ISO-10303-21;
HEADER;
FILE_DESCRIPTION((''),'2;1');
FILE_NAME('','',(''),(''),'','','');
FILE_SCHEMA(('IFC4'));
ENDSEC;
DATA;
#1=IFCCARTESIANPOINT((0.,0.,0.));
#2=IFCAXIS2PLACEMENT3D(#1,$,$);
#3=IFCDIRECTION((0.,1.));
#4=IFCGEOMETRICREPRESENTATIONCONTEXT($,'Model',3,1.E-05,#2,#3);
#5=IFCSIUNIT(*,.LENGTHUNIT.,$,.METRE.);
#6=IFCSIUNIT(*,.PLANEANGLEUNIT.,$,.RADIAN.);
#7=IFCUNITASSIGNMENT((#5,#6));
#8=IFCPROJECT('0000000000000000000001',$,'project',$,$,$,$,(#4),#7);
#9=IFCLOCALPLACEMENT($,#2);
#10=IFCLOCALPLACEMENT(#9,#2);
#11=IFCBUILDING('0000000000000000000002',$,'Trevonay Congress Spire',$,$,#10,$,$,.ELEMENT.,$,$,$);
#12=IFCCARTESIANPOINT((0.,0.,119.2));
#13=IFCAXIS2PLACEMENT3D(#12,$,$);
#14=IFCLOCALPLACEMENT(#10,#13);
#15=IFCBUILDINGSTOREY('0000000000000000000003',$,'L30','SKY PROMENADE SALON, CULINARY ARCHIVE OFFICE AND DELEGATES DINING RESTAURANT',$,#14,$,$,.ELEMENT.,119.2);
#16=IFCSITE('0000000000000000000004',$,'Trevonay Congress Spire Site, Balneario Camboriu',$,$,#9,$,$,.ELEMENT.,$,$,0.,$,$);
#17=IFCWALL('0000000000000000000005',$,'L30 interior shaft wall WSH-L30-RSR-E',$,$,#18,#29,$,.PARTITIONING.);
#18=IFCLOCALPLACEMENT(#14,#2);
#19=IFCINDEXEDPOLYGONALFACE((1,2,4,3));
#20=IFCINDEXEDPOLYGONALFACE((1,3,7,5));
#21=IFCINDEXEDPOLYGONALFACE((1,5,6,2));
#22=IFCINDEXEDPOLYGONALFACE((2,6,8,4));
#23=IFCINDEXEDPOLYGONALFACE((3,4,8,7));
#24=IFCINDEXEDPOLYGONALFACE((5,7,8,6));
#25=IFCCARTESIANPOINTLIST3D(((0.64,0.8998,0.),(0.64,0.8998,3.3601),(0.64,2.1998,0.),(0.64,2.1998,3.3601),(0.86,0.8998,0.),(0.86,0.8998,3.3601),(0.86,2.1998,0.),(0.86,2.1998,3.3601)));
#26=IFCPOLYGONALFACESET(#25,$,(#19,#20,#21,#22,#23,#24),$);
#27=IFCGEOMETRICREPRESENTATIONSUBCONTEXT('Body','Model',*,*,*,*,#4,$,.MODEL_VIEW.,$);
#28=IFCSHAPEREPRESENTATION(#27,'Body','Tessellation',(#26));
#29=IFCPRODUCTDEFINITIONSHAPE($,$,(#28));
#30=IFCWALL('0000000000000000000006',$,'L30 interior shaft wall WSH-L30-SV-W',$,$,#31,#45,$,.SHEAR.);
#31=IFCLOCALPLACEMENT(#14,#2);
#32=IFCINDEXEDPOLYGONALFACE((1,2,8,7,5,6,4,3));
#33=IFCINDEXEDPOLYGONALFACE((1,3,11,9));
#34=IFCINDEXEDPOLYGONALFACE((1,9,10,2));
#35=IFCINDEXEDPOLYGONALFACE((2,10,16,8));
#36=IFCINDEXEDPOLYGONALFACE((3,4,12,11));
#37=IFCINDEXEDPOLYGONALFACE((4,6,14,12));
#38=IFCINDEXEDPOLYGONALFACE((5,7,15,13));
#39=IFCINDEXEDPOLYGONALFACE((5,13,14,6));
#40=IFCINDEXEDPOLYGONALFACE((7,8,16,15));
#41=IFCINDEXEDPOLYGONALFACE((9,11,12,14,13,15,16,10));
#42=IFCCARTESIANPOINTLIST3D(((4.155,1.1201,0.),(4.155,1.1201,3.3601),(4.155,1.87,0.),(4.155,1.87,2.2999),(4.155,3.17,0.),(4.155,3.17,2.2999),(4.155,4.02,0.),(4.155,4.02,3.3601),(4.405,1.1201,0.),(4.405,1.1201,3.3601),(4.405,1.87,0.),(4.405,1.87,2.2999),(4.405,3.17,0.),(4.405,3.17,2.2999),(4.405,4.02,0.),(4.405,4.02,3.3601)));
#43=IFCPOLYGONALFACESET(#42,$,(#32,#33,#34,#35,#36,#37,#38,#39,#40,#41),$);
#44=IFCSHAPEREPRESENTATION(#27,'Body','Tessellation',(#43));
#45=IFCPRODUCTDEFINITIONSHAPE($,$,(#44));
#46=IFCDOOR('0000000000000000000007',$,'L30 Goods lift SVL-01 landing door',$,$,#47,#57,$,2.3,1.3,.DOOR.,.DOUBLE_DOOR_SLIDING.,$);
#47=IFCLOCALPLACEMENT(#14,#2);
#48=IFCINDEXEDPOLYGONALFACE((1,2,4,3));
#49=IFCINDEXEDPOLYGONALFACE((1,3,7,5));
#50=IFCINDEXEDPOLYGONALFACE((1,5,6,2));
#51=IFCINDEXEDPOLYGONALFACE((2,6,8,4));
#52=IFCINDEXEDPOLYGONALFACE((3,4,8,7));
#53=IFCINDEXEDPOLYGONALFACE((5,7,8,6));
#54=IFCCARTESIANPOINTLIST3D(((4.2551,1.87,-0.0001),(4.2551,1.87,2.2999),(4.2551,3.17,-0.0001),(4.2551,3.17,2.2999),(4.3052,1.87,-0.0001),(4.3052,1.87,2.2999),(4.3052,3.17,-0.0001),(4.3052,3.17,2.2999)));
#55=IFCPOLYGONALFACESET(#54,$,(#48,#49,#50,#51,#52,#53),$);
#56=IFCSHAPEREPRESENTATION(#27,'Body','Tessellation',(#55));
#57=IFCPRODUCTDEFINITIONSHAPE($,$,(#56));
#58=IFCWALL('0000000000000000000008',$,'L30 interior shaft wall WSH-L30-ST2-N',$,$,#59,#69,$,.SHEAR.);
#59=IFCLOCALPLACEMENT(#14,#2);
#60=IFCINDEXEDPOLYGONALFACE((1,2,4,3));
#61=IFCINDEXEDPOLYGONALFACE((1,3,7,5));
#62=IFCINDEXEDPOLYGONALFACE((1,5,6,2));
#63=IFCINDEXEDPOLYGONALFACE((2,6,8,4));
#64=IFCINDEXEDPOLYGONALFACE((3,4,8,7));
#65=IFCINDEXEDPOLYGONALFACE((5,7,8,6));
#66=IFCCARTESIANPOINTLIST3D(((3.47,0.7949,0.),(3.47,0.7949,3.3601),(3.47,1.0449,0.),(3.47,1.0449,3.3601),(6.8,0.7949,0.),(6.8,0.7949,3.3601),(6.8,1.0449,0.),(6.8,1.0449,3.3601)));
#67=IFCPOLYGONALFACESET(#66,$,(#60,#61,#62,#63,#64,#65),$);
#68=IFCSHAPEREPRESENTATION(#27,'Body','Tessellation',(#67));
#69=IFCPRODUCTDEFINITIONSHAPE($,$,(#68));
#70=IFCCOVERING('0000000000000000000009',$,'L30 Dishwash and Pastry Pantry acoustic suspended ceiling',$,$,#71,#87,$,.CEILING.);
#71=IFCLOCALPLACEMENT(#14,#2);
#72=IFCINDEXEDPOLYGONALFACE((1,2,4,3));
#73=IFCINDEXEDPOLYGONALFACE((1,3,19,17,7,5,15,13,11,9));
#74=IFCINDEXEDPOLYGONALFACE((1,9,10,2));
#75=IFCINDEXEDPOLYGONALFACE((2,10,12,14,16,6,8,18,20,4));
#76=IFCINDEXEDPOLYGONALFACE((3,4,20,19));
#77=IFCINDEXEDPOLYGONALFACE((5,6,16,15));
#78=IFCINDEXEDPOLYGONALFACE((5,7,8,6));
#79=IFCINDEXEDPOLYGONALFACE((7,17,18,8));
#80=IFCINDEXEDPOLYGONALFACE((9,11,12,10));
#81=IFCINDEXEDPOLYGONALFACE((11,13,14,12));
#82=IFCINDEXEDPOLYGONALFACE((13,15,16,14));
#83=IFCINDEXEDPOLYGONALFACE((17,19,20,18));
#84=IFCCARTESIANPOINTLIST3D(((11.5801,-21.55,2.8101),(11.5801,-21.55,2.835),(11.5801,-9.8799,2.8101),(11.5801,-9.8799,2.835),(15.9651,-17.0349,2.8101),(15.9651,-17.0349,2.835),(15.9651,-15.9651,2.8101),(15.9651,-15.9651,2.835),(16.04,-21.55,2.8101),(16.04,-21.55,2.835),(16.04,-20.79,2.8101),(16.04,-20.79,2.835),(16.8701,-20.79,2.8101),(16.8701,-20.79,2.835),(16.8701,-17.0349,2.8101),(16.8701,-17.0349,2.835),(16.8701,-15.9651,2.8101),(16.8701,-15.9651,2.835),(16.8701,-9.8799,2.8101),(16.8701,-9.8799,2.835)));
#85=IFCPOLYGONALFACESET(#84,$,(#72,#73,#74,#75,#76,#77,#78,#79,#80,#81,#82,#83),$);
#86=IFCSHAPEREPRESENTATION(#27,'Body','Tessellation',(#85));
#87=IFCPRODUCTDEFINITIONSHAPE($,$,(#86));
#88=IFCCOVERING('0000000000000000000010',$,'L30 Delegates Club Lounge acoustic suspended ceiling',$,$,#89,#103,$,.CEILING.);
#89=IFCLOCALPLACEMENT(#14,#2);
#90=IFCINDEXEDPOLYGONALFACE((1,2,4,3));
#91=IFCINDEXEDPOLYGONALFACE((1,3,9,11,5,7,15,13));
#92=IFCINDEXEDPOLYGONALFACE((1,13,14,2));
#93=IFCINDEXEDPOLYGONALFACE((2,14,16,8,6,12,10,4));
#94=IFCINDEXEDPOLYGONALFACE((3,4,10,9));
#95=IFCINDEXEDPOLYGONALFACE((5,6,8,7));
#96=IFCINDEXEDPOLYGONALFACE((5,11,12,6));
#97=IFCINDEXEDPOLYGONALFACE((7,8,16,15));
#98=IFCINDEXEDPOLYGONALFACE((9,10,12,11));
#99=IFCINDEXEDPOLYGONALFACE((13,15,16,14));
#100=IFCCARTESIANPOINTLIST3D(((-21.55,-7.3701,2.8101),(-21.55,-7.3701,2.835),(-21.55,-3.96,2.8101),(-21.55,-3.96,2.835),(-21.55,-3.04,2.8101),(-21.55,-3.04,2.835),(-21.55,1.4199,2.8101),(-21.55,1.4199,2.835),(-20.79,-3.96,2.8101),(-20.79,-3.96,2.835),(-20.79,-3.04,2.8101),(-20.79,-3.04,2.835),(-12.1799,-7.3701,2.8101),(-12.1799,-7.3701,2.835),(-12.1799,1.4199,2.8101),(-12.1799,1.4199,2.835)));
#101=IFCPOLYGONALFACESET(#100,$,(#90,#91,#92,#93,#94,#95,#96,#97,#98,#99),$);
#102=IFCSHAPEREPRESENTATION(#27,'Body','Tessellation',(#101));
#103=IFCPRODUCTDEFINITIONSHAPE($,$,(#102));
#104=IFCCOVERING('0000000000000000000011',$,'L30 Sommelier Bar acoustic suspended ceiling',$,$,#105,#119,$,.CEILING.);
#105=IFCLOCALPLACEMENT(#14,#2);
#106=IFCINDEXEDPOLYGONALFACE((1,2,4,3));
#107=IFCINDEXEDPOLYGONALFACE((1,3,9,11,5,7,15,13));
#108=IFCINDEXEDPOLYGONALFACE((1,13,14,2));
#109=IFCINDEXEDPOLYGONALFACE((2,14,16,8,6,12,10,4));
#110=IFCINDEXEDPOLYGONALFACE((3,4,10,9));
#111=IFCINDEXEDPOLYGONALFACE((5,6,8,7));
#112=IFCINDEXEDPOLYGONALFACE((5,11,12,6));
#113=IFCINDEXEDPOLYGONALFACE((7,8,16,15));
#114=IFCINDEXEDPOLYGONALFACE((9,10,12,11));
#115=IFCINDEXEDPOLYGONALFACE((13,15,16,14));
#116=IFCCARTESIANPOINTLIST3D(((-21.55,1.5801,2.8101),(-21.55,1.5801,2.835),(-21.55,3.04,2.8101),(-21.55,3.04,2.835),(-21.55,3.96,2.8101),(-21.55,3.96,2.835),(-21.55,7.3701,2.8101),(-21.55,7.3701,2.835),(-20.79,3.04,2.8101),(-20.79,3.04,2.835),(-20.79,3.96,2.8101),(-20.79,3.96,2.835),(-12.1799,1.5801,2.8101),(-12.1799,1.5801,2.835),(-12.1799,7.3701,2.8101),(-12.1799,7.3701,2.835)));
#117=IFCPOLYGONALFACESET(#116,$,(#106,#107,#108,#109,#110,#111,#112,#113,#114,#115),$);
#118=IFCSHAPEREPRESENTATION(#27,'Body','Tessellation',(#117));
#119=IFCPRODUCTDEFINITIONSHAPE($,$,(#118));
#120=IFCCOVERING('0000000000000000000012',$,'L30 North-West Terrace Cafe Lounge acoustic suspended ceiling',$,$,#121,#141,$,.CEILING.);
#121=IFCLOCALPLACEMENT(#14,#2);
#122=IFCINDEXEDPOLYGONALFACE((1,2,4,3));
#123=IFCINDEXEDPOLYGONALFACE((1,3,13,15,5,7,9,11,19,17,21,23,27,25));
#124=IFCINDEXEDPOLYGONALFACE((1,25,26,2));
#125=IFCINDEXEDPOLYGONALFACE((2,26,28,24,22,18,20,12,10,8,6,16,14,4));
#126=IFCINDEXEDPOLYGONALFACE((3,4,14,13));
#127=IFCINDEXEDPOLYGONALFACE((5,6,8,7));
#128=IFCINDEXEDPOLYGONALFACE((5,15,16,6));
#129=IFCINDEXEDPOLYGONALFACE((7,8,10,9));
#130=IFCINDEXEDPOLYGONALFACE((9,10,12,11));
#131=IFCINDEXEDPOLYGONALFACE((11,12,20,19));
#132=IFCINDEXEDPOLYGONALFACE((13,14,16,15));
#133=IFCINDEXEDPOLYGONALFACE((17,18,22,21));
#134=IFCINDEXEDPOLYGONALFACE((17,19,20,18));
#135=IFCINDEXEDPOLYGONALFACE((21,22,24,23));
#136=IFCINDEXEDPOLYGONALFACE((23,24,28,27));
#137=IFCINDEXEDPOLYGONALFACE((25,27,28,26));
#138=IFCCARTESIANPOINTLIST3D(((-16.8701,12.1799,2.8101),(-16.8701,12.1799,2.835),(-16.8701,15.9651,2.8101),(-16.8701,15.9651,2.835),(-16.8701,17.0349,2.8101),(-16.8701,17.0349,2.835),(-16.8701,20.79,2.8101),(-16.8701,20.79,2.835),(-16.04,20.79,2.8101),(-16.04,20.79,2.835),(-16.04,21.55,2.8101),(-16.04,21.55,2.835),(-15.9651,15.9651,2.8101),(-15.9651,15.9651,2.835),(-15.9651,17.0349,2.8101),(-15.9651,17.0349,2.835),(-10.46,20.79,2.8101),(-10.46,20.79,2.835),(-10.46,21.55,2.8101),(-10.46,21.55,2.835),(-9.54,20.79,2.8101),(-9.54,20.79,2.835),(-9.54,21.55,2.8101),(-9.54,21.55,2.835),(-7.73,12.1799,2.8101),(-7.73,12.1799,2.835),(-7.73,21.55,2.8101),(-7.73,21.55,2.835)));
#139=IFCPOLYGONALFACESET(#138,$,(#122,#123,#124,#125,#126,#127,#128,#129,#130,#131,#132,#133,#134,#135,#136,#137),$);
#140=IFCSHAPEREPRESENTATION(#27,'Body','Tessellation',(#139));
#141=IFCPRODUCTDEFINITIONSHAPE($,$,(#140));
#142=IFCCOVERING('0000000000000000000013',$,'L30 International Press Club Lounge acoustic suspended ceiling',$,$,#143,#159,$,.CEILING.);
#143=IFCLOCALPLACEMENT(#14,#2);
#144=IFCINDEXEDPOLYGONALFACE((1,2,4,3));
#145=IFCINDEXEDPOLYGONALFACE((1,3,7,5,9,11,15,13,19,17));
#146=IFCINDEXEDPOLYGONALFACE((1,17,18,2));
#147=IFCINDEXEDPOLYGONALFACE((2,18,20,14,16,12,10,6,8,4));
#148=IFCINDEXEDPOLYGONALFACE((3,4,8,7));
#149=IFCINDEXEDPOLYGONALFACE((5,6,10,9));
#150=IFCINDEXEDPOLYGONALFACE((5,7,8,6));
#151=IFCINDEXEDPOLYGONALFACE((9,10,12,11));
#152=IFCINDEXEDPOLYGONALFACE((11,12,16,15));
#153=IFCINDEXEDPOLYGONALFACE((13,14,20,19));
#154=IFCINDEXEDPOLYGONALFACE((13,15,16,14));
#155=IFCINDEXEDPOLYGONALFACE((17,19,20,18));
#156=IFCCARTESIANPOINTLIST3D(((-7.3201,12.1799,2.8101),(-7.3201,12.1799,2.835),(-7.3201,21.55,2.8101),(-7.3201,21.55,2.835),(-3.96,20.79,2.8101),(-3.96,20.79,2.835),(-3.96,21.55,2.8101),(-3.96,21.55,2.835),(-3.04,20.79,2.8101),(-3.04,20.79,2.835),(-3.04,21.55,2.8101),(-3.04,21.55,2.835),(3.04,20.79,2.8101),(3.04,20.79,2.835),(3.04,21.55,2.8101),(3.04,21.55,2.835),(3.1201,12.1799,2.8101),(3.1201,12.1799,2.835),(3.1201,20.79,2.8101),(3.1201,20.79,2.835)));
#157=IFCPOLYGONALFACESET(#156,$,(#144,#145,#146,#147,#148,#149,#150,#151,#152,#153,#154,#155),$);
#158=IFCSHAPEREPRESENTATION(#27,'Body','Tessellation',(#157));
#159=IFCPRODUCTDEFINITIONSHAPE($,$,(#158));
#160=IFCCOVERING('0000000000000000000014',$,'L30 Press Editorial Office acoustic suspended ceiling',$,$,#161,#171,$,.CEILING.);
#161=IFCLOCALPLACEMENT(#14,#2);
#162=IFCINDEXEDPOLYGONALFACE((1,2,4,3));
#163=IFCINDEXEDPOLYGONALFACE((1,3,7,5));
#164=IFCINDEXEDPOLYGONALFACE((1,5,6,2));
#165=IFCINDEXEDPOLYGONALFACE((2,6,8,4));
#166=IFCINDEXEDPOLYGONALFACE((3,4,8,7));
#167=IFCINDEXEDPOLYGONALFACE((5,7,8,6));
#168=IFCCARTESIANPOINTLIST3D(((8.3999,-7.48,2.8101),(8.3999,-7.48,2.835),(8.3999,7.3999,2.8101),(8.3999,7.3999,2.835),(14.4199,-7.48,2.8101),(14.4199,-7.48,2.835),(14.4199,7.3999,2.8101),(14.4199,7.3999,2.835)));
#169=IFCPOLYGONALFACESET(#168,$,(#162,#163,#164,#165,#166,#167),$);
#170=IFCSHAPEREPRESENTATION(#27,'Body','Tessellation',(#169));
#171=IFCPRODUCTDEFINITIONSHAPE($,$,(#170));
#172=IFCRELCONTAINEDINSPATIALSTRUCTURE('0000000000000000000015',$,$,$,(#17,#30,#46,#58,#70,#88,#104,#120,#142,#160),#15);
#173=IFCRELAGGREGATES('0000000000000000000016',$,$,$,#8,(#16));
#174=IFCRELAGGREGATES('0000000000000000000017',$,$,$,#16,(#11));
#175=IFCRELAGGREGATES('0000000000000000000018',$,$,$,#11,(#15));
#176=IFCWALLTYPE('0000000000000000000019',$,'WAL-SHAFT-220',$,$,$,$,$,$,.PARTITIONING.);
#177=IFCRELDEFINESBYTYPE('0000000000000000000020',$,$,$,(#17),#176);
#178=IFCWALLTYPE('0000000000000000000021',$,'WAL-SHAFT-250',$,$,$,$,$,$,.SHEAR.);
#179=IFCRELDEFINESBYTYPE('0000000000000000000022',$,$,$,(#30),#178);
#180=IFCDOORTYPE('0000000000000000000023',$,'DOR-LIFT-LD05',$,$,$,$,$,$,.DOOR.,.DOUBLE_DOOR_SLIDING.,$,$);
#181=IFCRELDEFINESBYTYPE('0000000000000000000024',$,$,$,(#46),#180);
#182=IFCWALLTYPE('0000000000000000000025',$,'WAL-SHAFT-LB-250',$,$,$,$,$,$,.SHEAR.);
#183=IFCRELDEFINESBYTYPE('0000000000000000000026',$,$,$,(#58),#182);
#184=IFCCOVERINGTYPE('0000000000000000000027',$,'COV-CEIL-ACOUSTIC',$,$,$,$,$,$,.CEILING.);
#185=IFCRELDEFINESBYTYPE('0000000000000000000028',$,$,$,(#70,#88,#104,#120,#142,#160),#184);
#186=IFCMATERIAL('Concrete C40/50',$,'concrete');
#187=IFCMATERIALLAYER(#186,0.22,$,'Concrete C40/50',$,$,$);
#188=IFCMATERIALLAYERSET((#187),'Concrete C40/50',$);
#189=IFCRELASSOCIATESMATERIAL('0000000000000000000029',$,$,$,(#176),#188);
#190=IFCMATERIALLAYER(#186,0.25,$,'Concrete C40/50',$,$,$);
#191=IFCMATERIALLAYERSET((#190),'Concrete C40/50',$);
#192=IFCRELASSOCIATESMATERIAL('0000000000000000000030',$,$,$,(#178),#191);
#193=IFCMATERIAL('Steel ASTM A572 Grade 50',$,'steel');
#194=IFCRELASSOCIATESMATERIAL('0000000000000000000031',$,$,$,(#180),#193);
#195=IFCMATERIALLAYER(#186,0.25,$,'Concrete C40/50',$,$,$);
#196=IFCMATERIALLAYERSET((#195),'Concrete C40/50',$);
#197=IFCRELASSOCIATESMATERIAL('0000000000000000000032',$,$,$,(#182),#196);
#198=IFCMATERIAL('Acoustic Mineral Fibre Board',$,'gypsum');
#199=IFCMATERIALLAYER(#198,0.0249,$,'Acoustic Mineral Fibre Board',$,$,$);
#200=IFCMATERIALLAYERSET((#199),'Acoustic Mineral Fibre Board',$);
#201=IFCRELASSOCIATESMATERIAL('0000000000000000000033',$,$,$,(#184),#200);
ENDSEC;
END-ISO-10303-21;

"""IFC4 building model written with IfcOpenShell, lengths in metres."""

from ifc_helpers import new_model, si_unit, direction, frame, frame_2d, origin, place, context, subcontext, project, spatial, polyline, rectangle, outline, extrude, material, layer, layer_set, type_object, element, fill, save


model = new_model("IFC4")

# Units and contexts
model_context = context("Model", 3, precision=1e-05, world=origin(), true_north=direction((0.0, 1.0)))
body_context = subcontext(model_context, "Body", "Model", "MODEL_VIEW")
ifc_project = project(units=[si_unit("LENGTHUNIT", "METRE"), si_unit("PLANEANGLEUNIT", "RADIAN")], contexts=[model_context])

# Site, building, storey
site_placement = place(None, origin())
site = spatial("IfcSite", under=ifc_project, at=site_placement, Name="Trevonay Congress Spire Site, Balneario Camboriu", CompositionType="ELEMENT", RefElevation=0.0)
building_placement = place(site_placement, origin())
building = spatial("IfcBuilding", under=site, at=building_placement, Name="Trevonay Congress Spire", CompositionType="ELEMENT")
storey_placement = place(building_placement, frame((0.0, 0.0, 119.2)))
storey = spatial("IfcBuildingStorey", under=building, at=storey_placement, Name="L30", Description="SKY PROMENADE SALON, CULINARY ARCHIVE OFFICE AND DELEGATES DINING RESTAURANT", CompositionType="ELEMENT", Elevation=119.2)

# Wall
ifc_material_1 = material(Name="Concrete C40/50", Category="concrete")
ifc_layer_1 = layer(ifc_material_1, 0.22, Name="Concrete C40/50")
ifc_layer_set_1 = layer_set([ifc_layer_1], Name="Concrete C40/50")
wall_type_1 = type_object("IfcWallType", Name="WAL-SHAFT-220", PredefinedType="PARTITIONING", material=ifc_layer_set_1)
wall_1_placement = place(storey_placement, frame((0.75, 0.8999, 0.0), z_axis=(0.0, 0.0, 1.0), x_axis=(0.0, 1.0, 0.0)))
element("IfcWall", 1, at=wall_1_placement, inside=storey, type_object=wall_type_1, Name="L30 interior shaft wall WSH-L30-RSR-E", PredefinedType="PARTITIONING", context=body_context, shape_type="SweptSolid", body=[
    extrude(rectangle(XDim=1.3, YDim=0.22, at=frame_2d((0.6499, 0.0))), origin(), (0.0, 0.0, 1.0), 3.3601),
])

# Wall, opening, door
ifc_layer_2 = layer(ifc_material_1, 0.25, Name="Concrete C40/50")
ifc_layer_set_2 = layer_set([ifc_layer_2], Name="Concrete C40/50")
wall_type_2 = type_object("IfcWallType", Name="WAL-SHAFT-250", PredefinedType="SHEAR", material=ifc_layer_set_2)
wall_2_placement = place(storey_placement, frame((4.28, 1.1201, 0.0), z_axis=(0.0, 0.0, 1.0), x_axis=(0.0, 1.0, 0.0)))
wall_2 = element("IfcWall", 2, at=wall_2_placement, inside=storey, type_object=wall_type_2, Name="L30 interior shaft wall WSH-L30-SV-W", PredefinedType="SHEAR", context=body_context, shape_type="SweptSolid", body=[
    extrude(rectangle(XDim=2.8999, YDim=0.25, at=frame_2d((1.45, 0.0))), origin(), (0.0, 0.0, 1.0), 3.3601),
])
opening_placement = place(wall_2_placement, frame((0.75, 0.0, 0.0)))
opening = element("IfcOpeningElement", 3, at=opening_placement, cuts=wall_2, PredefinedType="OPENING", context=body_context, shape_type="SweptSolid", body=[
    extrude(rectangle(XDim=1.3, YDim=2.3, at=frame_2d((0.6499, 1.1499))), frame((0.0, 0.135, 0.0), z_axis=(0.0, -1.0, 0.0), x_axis=(1.0, 0.0, 0.0)), (0.0, 0.0, 1.0), 0.27),
])
ifc_material_2 = material(Name="Steel ASTM A572 Grade 50", Category="steel")
door_type = type_object("IfcDoorType", Name="DOR-LIFT-LD05", OperationType="DOUBLE_DOOR_SLIDING", PredefinedType="DOOR", material=ifc_material_2)
door_placement = place(opening_placement, origin())
door = element("IfcDoor", 4, at=door_placement, inside=storey, type_object=door_type, Name="L30 Goods lift SVL-01 landing door", OperationType="DOUBLE_DOOR_SLIDING", OverallHeight=2.3, OverallWidth=1.3, PredefinedType="DOOR", context=body_context, shape_type="SweptSolid", body=[
    extrude(rectangle(XDim=1.3, YDim=2.3, at=frame_2d((0.6499, 1.1499))), frame((0.0, 0.0249, 0.0), z_axis=(0.0, -1.0, 0.0), x_axis=(1.0, 0.0, 0.0)), (0.0, 0.0, 1.0), 0.05),
])
fill(opening, door)

# Wall
ifc_layer_3 = layer(ifc_material_1, 0.25, Name="Concrete C40/50")
ifc_layer_set_3 = layer_set([ifc_layer_3], Name="Concrete C40/50")
wall_type_3 = type_object("IfcWallType", Name="WAL-SHAFT-LB-250", PredefinedType="SHEAR", material=ifc_layer_set_3)
wall_3_placement = place(storey_placement, frame((3.47, 0.9199, 0.0), z_axis=(0.0, 0.0, 1.0), x_axis=(1.0, 0.0, 0.0)))
element("IfcWall", 5, at=wall_3_placement, inside=storey, type_object=wall_type_3, Name="L30 interior shaft wall WSH-L30-ST2-N", PredefinedType="SHEAR", context=body_context, shape_type="SweptSolid", body=[
    extrude(rectangle(XDim=3.3301, YDim=0.25, at=frame_2d((1.665, 0.0))), origin(), (0.0, 0.0, 1.0), 3.3601),
])

# Coverings
ifc_material_3 = material(Name="Acoustic Mineral Fibre Board", Category="gypsum")
ifc_layer_4 = layer(ifc_material_3, 0.0249, Name="Acoustic Mineral Fibre Board")
ifc_layer_set_4 = layer_set([ifc_layer_4], Name="Acoustic Mineral Fibre Board")
covering_type_1 = type_object("IfcCoveringType", Name="COV-CEIL-ACOUSTIC", PredefinedType="CEILING", material=ifc_layer_set_4)
covering_1_placement = place(storey_placement, frame((0.0, 0.0, 2.8101)))
element("IfcCovering", 6, at=covering_1_placement, inside=storey, type_object=covering_type_1, Name="L30 Dishwash and Pastry Pantry acoustic suspended ceiling", PredefinedType="CEILING", context=body_context, shape_type="SweptSolid", body=[
    extrude(outline(polyline([(11.5801, -21.55), (11.5801, -9.8799), (16.8701, -9.8799), (16.8701, -15.9651), (15.9651, -15.9651), (15.9651, -17.0349), (16.8701, -17.0349), (16.8701, -20.79), (16.04, -20.79), (16.04, -21.55), (11.5801, -21.55)])), origin(), (0.0, 0.0, 1.0), 0.0249),
])
covering_2_placement = place(storey_placement, frame((0.0, 0.0, 2.8101)))
element("IfcCovering", 7, at=covering_2_placement, inside=storey, type_object=covering_type_1, Name="L30 Delegates Club Lounge acoustic suspended ceiling", PredefinedType="CEILING", context=body_context, shape_type="SweptSolid", body=[
    extrude(outline(polyline([(-21.55, 1.4199), (-12.1799, 1.4199), (-12.1799, -7.3701), (-21.55, -7.3701), (-21.55, -3.96), (-20.79, -3.96), (-20.79, -3.04), (-21.55, -3.04), (-21.55, 1.4199)])), origin(), (0.0, 0.0, 1.0), 0.0249),
])
covering_3_placement = place(storey_placement, frame((0.0, 0.0, 2.8101)))
element("IfcCovering", 8, at=covering_3_placement, inside=storey, type_object=covering_type_1, Name="L30 Sommelier Bar acoustic suspended ceiling", PredefinedType="CEILING", context=body_context, shape_type="SweptSolid", body=[
    extrude(outline(polyline([(-21.55, 7.3701), (-12.1799, 7.3701), (-12.1799, 1.5801), (-21.55, 1.5801), (-21.55, 3.04), (-20.79, 3.04), (-20.79, 3.96), (-21.55, 3.96), (-21.55, 7.3701)])), origin(), (0.0, 0.0, 1.0), 0.0249),
])
covering_4_placement = place(storey_placement, frame((0.0, 0.0, 2.8101)))
element("IfcCovering", 9, at=covering_4_placement, inside=storey, type_object=covering_type_1, Name="L30 North-West Terrace Cafe Lounge acoustic suspended ceiling", PredefinedType="CEILING", context=body_context, shape_type="SweptSolid", body=[
    extrude(outline(polyline([(-7.73, 21.55), (-7.73, 12.1799), (-16.8701, 12.1799), (-16.8701, 15.9651), (-15.9651, 15.9651), (-15.9651, 17.0349), (-16.8701, 17.0349), (-16.8701, 20.79), (-16.04, 20.79), (-16.04, 21.55), (-10.46, 21.55), (-10.46, 20.79), (-9.54, 20.79), (-9.54, 21.55), (-7.73, 21.55)])), origin(), (0.0, 0.0, 1.0), 0.0249),
])
covering_5_placement = place(storey_placement, frame((0.0, 0.0, 2.8101)))
element("IfcCovering", 10, at=covering_5_placement, inside=storey, type_object=covering_type_1, Name="L30 International Press Club Lounge acoustic suspended ceiling", PredefinedType="CEILING", context=body_context, shape_type="SweptSolid", body=[
    extrude(outline(polyline([(3.1201, 12.1799), (-7.3201, 12.1799), (-7.3201, 21.55), (-3.96, 21.55), (-3.96, 20.79), (-3.04, 20.79), (-3.04, 21.55), (3.04, 21.55), (3.04, 20.79), (3.1201, 20.79), (3.1201, 12.1799)])), origin(), (0.0, 0.0, 1.0), 0.0249),
])
covering_6_placement = place(storey_placement, frame((0.0, 0.0, 2.8101)))
element("IfcCovering", 11, at=covering_6_placement, inside=storey, type_object=covering_type_1, Name="L30 Press Editorial Office acoustic suspended ceiling", PredefinedType="CEILING", context=body_context, shape_type="SweptSolid", body=[
    extrude(outline(polyline([(8.3999, -7.48), (14.4199, -7.48), (14.4199, 7.3999), (8.3999, 7.3999), (8.3999, -7.48)])), origin(), (0.0, 0.0, 1.0), 0.0249),
])

save(model, "model.ifc")
